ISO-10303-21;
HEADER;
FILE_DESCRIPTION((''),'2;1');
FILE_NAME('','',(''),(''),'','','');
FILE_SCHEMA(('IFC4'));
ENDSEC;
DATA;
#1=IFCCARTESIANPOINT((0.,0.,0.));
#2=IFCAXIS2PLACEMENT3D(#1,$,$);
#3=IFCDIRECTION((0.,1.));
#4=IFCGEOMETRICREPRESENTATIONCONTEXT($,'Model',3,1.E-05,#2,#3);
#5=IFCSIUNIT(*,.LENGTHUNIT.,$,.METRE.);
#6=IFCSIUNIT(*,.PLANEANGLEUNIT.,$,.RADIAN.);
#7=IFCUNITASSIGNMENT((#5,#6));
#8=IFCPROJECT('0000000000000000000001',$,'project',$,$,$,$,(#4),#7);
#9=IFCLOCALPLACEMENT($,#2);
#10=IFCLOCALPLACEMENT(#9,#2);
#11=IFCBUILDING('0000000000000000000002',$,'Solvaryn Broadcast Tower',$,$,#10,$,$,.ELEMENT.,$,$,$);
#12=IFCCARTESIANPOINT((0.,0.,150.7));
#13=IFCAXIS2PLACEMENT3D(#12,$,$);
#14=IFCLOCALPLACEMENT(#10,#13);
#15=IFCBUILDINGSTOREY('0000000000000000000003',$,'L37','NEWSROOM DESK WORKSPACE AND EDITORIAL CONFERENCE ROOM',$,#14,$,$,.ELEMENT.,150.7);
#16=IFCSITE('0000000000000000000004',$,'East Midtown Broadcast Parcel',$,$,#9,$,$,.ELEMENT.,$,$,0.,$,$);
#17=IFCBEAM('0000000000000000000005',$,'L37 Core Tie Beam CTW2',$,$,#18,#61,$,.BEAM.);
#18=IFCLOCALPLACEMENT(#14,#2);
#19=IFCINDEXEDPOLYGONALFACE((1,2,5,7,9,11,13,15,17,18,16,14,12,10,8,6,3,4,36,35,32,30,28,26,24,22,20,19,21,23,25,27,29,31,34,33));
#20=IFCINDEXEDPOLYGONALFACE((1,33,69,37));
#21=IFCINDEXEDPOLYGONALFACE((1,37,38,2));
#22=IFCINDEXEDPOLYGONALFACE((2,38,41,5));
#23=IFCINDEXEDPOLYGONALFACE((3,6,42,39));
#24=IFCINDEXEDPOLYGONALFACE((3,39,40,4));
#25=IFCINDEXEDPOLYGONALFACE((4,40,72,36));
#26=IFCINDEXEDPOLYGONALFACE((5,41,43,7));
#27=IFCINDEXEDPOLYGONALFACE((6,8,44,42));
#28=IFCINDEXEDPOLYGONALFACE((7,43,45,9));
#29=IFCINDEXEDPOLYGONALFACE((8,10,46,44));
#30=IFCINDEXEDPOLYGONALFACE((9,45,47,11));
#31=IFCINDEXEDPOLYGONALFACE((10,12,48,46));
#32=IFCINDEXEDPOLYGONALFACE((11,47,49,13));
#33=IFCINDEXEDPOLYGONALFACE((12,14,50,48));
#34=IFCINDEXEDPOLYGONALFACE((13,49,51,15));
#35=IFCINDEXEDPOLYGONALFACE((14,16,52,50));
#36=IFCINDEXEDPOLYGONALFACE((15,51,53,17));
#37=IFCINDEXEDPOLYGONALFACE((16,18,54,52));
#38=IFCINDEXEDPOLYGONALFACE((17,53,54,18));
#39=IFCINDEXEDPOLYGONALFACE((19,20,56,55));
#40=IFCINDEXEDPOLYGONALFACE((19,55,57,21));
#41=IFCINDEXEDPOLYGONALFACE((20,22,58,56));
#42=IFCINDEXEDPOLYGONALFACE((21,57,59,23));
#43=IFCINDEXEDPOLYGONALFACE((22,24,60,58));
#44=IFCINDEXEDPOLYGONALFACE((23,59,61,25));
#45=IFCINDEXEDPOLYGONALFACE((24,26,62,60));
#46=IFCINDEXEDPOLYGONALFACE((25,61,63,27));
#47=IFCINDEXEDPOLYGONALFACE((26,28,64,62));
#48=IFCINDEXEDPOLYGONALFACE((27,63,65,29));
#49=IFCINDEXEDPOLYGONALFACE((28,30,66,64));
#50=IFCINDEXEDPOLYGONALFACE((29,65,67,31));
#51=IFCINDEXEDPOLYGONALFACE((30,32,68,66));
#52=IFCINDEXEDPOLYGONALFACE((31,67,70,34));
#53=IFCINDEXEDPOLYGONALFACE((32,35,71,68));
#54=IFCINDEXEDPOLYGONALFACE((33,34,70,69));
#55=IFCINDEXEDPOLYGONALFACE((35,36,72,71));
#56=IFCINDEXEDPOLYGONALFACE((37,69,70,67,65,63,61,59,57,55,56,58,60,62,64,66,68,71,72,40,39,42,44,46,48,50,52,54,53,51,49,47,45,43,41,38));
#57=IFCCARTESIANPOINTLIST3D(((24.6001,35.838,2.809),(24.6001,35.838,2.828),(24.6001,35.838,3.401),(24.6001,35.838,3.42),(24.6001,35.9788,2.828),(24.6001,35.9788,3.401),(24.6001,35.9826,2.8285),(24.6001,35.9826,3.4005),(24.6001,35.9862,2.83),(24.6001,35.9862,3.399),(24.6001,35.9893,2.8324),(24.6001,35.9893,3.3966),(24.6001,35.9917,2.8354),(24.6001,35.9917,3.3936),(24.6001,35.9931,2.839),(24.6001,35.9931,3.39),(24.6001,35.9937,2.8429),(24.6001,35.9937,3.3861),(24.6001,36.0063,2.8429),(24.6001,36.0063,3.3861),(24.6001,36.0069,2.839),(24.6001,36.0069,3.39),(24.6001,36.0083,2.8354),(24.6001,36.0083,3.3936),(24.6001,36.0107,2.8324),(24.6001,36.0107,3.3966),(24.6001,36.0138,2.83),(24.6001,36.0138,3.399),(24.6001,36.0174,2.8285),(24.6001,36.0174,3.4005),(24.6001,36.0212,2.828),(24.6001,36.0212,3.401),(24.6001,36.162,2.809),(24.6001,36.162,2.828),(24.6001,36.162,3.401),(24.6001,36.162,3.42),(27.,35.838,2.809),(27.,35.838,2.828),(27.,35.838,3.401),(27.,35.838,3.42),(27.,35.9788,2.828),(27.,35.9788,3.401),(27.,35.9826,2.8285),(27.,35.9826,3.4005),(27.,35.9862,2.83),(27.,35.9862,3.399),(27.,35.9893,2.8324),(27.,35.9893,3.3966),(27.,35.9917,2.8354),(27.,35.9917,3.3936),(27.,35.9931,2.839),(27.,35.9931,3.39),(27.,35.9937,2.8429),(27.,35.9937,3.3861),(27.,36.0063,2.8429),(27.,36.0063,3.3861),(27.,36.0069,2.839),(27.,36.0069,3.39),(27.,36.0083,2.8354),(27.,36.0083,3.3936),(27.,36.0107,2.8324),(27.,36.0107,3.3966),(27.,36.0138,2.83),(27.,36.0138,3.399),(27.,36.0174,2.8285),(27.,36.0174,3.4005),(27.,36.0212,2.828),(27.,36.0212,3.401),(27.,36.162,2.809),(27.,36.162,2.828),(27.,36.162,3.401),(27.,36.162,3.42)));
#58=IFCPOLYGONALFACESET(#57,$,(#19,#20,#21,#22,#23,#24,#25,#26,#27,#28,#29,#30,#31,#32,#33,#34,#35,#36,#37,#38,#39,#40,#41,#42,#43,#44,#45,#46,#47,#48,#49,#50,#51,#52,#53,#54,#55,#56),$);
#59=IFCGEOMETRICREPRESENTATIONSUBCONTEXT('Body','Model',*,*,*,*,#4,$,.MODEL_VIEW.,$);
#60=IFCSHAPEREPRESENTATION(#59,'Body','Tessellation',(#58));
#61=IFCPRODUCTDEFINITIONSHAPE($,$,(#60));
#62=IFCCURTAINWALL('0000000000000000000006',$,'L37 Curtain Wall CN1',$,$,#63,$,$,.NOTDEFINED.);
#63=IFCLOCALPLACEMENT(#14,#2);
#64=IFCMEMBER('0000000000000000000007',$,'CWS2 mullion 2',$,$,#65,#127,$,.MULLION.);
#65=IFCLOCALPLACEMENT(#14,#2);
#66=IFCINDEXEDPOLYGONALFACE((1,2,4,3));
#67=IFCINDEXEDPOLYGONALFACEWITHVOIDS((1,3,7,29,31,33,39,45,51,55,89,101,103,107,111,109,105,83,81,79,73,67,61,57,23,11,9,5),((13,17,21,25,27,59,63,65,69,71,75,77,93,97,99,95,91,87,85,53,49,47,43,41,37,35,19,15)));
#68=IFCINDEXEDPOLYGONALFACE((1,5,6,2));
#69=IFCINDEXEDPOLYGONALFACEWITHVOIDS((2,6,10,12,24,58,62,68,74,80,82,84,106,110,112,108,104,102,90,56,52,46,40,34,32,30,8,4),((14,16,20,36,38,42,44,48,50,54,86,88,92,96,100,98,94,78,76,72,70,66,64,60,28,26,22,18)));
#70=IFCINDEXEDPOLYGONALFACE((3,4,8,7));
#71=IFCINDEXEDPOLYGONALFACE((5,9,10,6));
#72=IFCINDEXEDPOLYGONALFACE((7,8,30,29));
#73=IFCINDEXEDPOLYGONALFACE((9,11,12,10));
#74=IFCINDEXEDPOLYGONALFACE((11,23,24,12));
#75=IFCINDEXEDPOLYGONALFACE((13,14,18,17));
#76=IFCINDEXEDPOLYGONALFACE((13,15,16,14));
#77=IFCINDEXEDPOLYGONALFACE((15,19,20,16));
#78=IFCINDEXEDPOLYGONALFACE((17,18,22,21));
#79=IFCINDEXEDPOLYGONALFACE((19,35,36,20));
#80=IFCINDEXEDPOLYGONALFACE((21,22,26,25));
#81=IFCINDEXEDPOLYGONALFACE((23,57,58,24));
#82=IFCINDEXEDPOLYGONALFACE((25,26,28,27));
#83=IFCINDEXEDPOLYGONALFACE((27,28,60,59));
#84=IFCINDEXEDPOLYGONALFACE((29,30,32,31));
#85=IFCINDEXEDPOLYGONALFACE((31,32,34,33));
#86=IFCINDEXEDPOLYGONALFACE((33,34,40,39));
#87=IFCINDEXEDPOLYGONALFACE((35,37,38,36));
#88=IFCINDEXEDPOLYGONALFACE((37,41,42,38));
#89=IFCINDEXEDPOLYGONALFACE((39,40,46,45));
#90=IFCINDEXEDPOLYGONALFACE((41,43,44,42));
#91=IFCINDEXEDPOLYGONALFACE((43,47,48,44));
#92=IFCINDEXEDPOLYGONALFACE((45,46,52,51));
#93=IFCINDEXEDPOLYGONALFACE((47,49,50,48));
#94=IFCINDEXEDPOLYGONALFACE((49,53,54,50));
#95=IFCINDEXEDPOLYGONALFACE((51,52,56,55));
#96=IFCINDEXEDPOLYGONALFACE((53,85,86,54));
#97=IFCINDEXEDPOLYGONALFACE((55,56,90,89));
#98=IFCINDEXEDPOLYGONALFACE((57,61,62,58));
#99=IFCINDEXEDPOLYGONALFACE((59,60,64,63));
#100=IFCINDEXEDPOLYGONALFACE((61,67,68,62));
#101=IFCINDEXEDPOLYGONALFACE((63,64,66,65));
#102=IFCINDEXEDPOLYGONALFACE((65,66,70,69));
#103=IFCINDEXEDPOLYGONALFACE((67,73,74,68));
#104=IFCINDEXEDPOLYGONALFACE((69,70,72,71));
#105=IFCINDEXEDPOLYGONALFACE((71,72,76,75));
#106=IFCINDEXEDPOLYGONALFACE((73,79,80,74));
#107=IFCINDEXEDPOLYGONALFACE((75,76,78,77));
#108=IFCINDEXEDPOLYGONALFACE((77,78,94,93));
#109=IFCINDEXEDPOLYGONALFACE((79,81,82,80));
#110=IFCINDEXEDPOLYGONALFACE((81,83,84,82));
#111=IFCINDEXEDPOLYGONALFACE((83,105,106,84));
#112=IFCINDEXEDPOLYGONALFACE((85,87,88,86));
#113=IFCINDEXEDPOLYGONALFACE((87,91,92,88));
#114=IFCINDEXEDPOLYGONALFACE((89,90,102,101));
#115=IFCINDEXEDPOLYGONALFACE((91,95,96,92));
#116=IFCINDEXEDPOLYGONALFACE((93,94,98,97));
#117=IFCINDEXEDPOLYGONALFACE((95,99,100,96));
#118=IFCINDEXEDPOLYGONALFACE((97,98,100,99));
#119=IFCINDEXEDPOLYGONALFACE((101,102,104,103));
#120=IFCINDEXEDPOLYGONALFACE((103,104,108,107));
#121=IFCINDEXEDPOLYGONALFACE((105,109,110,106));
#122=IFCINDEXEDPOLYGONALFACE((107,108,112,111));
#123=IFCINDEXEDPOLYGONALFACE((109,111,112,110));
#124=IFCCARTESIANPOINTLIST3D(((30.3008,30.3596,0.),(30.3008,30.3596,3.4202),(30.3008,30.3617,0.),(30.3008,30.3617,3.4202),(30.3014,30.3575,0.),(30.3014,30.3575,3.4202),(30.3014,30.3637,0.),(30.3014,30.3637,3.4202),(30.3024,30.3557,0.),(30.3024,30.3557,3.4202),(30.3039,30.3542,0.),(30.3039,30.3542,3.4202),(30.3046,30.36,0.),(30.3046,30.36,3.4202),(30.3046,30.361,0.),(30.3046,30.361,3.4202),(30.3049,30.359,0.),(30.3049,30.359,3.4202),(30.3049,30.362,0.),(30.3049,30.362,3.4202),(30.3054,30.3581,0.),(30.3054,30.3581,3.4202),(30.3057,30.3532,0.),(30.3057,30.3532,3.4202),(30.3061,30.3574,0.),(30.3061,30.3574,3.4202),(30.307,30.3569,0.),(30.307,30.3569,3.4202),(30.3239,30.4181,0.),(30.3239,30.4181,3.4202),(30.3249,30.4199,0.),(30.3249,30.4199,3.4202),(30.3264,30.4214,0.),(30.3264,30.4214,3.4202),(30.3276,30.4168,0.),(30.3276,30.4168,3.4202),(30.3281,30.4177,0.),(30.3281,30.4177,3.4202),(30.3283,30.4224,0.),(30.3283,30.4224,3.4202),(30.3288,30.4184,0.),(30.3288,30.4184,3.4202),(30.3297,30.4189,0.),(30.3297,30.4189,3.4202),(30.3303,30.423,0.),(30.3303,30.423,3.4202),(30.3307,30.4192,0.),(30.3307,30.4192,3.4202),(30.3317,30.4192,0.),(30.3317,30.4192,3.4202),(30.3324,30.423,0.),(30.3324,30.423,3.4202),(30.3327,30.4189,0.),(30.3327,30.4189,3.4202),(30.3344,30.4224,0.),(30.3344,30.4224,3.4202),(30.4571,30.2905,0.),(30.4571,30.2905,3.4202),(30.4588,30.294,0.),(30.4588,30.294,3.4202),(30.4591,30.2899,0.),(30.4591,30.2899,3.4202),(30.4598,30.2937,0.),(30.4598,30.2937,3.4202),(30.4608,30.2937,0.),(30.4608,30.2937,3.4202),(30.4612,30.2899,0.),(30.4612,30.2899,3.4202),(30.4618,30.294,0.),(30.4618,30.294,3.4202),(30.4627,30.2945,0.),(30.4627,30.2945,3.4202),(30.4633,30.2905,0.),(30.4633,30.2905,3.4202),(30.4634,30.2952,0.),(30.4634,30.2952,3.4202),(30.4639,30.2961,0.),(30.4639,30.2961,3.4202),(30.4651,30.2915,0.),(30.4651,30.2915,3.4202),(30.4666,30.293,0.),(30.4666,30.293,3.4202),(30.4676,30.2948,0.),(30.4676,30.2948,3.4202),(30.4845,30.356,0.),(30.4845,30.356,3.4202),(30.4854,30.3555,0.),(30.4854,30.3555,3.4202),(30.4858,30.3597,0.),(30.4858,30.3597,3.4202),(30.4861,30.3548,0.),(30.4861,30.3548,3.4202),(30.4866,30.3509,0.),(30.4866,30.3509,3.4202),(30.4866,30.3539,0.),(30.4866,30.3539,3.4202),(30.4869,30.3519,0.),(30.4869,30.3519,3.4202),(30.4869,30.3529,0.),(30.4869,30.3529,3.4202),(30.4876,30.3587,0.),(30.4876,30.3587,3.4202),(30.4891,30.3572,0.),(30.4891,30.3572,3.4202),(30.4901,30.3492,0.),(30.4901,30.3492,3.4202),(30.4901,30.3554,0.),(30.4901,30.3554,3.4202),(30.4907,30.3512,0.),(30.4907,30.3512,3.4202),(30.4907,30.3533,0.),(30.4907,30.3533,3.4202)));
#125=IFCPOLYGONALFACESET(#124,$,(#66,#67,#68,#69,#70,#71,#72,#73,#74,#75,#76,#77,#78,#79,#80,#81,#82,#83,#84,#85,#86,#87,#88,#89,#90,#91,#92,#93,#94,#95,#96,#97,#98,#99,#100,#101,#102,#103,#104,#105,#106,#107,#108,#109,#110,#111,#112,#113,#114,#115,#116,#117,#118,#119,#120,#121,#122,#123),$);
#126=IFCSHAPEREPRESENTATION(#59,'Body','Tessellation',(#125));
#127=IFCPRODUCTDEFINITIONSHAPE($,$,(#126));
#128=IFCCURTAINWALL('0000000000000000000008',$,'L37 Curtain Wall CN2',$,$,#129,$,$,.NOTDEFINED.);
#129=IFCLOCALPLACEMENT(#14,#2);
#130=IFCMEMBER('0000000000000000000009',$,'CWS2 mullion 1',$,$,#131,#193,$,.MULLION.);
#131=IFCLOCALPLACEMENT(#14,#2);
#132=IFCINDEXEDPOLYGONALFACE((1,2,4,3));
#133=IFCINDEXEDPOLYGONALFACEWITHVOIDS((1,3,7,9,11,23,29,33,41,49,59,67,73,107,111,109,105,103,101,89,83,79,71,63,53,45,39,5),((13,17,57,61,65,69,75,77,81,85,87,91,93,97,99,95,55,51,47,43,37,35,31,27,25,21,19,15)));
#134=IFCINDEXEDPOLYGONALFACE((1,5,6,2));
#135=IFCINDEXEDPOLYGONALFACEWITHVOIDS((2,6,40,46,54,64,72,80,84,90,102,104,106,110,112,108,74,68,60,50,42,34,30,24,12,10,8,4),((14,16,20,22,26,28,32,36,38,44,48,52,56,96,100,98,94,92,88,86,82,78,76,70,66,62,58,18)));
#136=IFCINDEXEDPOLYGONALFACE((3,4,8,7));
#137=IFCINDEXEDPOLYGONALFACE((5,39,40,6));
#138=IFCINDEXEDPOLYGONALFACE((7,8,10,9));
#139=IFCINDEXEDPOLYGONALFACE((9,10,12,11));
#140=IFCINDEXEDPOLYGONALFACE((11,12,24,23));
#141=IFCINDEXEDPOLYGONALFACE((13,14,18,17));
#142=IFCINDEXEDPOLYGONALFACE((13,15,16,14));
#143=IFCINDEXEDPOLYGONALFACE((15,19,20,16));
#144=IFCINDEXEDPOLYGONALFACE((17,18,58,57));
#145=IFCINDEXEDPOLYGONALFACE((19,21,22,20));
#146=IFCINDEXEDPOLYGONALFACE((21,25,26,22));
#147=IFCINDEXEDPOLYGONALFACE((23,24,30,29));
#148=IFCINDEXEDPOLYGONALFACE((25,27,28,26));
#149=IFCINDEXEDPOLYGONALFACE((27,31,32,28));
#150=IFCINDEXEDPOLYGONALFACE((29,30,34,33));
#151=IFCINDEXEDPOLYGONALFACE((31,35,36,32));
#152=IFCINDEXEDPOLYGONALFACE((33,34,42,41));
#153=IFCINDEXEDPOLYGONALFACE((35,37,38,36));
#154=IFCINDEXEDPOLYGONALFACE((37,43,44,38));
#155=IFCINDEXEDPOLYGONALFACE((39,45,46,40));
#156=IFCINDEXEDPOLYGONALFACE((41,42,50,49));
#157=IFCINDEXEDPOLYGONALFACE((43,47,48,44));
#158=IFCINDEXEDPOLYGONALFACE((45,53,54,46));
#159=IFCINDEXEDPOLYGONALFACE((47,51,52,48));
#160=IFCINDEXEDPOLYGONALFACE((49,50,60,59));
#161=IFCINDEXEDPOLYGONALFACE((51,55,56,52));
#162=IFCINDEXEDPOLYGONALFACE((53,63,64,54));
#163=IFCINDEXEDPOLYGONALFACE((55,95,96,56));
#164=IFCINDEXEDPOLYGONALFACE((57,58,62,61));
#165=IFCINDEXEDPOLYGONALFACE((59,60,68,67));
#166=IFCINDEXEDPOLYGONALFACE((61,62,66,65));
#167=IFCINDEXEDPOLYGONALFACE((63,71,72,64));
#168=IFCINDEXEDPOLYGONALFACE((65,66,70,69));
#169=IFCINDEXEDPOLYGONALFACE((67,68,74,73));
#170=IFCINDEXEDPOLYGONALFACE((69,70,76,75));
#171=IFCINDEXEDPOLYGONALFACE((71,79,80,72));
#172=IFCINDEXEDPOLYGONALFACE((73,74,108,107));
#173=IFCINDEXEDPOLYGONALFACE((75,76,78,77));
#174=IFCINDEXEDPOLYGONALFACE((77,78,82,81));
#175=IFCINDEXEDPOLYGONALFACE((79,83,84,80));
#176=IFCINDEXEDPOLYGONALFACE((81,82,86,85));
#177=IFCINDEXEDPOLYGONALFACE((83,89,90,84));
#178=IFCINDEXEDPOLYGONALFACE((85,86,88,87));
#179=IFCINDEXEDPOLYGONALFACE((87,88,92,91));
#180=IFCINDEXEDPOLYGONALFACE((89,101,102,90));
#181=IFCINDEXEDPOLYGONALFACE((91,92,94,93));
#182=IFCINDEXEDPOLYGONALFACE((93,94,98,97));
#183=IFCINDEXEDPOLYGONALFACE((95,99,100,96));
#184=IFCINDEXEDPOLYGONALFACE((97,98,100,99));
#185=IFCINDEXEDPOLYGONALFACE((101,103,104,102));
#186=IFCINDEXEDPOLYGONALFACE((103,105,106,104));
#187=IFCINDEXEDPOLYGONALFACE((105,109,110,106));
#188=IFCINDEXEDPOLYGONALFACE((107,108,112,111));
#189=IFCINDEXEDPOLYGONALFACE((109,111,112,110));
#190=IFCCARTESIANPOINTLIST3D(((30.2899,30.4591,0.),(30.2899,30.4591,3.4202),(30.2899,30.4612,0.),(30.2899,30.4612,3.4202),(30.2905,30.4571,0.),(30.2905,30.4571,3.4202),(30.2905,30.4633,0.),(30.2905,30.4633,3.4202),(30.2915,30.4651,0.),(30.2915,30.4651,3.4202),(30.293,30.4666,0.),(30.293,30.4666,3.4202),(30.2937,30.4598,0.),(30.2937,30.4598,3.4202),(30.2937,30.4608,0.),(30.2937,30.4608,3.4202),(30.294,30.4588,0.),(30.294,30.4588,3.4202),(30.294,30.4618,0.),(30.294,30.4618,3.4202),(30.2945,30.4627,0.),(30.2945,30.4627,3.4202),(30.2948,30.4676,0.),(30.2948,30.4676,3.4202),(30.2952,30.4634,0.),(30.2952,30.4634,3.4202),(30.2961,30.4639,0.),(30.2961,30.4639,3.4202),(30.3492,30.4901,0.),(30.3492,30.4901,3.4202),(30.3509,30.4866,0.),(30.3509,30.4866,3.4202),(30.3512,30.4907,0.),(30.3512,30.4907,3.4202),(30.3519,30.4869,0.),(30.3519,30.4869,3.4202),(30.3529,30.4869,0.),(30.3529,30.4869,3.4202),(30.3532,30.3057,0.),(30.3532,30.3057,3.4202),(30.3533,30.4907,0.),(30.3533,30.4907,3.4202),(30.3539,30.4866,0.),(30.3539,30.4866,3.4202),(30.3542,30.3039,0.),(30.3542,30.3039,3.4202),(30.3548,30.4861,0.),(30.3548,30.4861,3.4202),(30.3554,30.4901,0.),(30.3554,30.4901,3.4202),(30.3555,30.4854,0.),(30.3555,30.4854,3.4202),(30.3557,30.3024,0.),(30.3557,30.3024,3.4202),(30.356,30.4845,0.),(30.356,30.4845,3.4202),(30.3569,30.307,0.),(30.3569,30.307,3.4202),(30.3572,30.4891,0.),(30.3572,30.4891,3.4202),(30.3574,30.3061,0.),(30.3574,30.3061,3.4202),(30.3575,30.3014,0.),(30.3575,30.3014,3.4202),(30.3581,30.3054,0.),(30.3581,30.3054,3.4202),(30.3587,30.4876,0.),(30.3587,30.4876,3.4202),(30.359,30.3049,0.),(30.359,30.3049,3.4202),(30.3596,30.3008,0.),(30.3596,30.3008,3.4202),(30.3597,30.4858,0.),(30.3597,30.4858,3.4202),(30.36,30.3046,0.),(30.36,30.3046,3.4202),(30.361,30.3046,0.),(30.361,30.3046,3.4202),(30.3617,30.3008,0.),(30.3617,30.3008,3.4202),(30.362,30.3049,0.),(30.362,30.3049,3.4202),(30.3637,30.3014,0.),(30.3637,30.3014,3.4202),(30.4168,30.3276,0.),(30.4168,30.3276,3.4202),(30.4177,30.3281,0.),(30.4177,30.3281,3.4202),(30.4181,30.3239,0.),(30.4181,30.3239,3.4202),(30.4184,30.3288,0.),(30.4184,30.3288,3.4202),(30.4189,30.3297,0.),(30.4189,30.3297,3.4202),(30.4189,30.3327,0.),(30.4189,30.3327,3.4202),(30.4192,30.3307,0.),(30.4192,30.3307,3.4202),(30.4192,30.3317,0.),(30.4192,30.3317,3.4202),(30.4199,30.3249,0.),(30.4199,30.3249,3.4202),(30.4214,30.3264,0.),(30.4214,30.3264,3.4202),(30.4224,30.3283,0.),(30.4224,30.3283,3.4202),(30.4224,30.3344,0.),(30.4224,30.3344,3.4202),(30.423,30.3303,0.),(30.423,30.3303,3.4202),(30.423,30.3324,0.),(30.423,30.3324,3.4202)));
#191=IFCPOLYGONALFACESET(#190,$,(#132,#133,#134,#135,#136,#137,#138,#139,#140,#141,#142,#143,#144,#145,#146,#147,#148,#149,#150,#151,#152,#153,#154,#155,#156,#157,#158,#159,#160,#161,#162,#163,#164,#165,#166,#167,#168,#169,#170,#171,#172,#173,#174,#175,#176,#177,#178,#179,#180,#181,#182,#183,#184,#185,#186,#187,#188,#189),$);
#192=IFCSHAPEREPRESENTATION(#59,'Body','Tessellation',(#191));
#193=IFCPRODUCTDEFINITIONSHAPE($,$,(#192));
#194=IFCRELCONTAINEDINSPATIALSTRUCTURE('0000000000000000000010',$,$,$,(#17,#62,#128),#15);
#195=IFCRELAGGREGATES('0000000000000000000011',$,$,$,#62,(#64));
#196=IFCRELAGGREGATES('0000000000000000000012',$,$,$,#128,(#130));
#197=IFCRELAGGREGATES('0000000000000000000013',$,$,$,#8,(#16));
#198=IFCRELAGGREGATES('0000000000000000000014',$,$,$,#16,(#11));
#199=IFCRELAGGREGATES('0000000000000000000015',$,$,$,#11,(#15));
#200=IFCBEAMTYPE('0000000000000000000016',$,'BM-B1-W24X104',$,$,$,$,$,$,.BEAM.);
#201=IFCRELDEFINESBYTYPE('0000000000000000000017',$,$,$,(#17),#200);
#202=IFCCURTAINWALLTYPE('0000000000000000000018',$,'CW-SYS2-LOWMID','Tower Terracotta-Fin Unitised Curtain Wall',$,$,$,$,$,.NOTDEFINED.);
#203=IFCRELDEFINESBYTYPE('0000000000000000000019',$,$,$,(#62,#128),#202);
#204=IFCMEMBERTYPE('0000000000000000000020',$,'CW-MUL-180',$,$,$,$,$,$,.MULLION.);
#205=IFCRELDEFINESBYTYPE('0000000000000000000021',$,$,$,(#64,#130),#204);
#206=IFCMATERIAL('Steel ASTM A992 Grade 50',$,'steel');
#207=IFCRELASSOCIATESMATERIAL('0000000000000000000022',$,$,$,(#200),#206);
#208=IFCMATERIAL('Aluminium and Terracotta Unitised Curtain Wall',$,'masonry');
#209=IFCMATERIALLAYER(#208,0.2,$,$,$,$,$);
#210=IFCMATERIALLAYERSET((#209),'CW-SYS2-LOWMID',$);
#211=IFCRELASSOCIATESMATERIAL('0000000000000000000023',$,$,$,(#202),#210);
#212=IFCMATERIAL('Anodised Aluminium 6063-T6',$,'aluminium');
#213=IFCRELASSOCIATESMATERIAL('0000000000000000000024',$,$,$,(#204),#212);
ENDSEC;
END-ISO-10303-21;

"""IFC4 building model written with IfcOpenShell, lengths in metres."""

from ifc_helpers import new_model, si_unit, direction, frame, origin, origin_2d, place, context, subcontext, project, spatial, hollow_rectangle, i_section, extrude, material, layer, layer_set, material_profile, profile_set, type_object, element, aggregate, save


model = new_model("IFC4")

# Units and contexts
model_context = context("Model", 3, precision=1e-05, world=origin(), true_north=direction((0.0, 1.0)))
body_context = subcontext(model_context, "Body", "Model", "MODEL_VIEW")
ifc_project = project(units=[si_unit("LENGTHUNIT", "METRE"), si_unit("PLANEANGLEUNIT", "RADIAN")], contexts=[model_context])

# Site, building, storey
site_placement = place(None, origin())
site = spatial("IfcSite", under=ifc_project, at=site_placement, Name="East Midtown Broadcast Parcel", CompositionType="ELEMENT", RefElevation=0.0)
building_placement = place(site_placement, origin())
building = spatial("IfcBuilding", under=site, at=building_placement, Name="Solvaryn Broadcast Tower", CompositionType="ELEMENT")
storey_placement = place(building_placement, frame((0.0, 0.0, 150.7)))
storey = spatial("IfcBuildingStorey", under=building, at=storey_placement, Name="L37", Description="NEWSROOM DESK WORKSPACE AND EDITORIAL CONFERENCE ROOM", CompositionType="ELEMENT", Elevation=150.7)

# Beam
ifc_material_1 = material(Name="Steel ASTM A992 Grade 50", Category="steel")
ifc_material_profile_1 = material_profile(ifc_material_1, i_section(OverallWidth=0.324, OverallDepth=0.6111, WebThickness=0.0127, FlangeThickness=0.019, FilletRadius=0.0149, at=origin_2d()))
ifc_profile_set_1 = profile_set([ifc_material_profile_1], Name="Steel ASTM A992 Grade 50")
beam_type = type_object("IfcBeamType", Name="BM-B1-W24X104", PredefinedType="BEAM", material=ifc_profile_set_1)
beam_placement = place(storey_placement, frame((24.6001, 36.0, 3.1145), z_axis=(1.0, 0.0, 0.0), x_axis=(0.0, 1.0, 0.0)))
element("IfcBeam", 1, at=beam_placement, inside=storey, type_object=beam_type, Name="L37 Core Tie Beam CTW2", PredefinedType="BEAM", context=body_context, shape_type="SweptSolid", body=[
    extrude(i_section(OverallWidth=0.324, OverallDepth=0.6111, WebThickness=0.0127, FlangeThickness=0.019, FilletRadius=0.0149, at=origin_2d()), origin(), (0.0, 0.0, 1.0), 2.3999),
])

# Curtain wall, member
ifc_material_2 = material(Name="Aluminium and Terracotta Unitised Curtain Wall", Category="masonry")
ifc_layer_1 = layer(ifc_material_2, 0.2)
ifc_layer_set_1 = layer_set([ifc_layer_1], Name="CW-SYS2-LOWMID")
curtain_wall_type = type_object("IfcCurtainWallType", Name="CW-SYS2-LOWMID", Description="Tower Terracotta-Fin Unitised Curtain Wall", PredefinedType="NOTDEFINED", material=ifc_layer_set_1)
curtain_wall_1_placement = place(storey_placement, origin())
curtain_wall_1 = element("IfcCurtainWall", 2, at=curtain_wall_1_placement, inside=storey, type_object=curtain_wall_type, Name="L37 Curtain Wall CN1", PredefinedType="NOTDEFINED")
ifc_material_3 = material(Name="Anodised Aluminium 6063-T6", Category="aluminium")
ifc_material_profile_2 = material_profile(ifc_material_3, hollow_rectangle(XDim=0.075, YDim=0.1799, WallThickness=0.0039, InnerFilletRadius=0.0039, OuterFilletRadius=0.0081, at=origin_2d()))
ifc_profile_set_2 = profile_set([ifc_material_profile_2], Name="Anodised Aluminium 6063-T6")
member_type_1 = type_object("IfcMemberType", Name="CW-MUL-180", PredefinedType="MULLION", material=ifc_profile_set_2)
member_1_placement = place(storey_placement, frame((30.3958, 30.3564, 0.0), z_axis=(0.0, 0.0, 1.0), x_axis=(-0.382646, -0.923895, 0.0)))
member_1 = element("IfcMember", 3, at=member_1_placement, type_object=member_type_1, Name="CWS2 mullion 2", PredefinedType="MULLION", context=body_context, shape_type="SweptSolid", body=[
    extrude(hollow_rectangle(XDim=0.075, YDim=0.1799, WallThickness=0.0039, InnerFilletRadius=0.0039, OuterFilletRadius=0.0081, at=origin_2d()), origin(), (0.0, 0.0, 1.0), 3.4202),
])

# Curtain wall, member
curtain_wall_2_placement = place(storey_placement, origin())
curtain_wall_2 = element("IfcCurtainWall", 4, at=curtain_wall_2_placement, inside=storey, type_object=curtain_wall_type, Name="L37 Curtain Wall CN2", PredefinedType="NOTDEFINED")
member_2_placement = place(storey_placement, frame((30.3564, 30.3958, 0.0), z_axis=(0.0, 0.0, 1.0), x_axis=(-0.923895, -0.382646, 0.0)))
member_2 = element("IfcMember", 5, at=member_2_placement, type_object=member_type_1, Name="CWS2 mullion 1", PredefinedType="MULLION", context=body_context, shape_type="SweptSolid", body=[
    extrude(hollow_rectangle(XDim=0.075, YDim=0.1799, WallThickness=0.0039, InnerFilletRadius=0.0039, OuterFilletRadius=0.0081, at=origin_2d()), origin(), (0.0, 0.0, 1.0), 3.4202),
])

aggregate(curtain_wall_1, [member_1])
aggregate(curtain_wall_2, [member_2])

save(model, "model.ifc")
